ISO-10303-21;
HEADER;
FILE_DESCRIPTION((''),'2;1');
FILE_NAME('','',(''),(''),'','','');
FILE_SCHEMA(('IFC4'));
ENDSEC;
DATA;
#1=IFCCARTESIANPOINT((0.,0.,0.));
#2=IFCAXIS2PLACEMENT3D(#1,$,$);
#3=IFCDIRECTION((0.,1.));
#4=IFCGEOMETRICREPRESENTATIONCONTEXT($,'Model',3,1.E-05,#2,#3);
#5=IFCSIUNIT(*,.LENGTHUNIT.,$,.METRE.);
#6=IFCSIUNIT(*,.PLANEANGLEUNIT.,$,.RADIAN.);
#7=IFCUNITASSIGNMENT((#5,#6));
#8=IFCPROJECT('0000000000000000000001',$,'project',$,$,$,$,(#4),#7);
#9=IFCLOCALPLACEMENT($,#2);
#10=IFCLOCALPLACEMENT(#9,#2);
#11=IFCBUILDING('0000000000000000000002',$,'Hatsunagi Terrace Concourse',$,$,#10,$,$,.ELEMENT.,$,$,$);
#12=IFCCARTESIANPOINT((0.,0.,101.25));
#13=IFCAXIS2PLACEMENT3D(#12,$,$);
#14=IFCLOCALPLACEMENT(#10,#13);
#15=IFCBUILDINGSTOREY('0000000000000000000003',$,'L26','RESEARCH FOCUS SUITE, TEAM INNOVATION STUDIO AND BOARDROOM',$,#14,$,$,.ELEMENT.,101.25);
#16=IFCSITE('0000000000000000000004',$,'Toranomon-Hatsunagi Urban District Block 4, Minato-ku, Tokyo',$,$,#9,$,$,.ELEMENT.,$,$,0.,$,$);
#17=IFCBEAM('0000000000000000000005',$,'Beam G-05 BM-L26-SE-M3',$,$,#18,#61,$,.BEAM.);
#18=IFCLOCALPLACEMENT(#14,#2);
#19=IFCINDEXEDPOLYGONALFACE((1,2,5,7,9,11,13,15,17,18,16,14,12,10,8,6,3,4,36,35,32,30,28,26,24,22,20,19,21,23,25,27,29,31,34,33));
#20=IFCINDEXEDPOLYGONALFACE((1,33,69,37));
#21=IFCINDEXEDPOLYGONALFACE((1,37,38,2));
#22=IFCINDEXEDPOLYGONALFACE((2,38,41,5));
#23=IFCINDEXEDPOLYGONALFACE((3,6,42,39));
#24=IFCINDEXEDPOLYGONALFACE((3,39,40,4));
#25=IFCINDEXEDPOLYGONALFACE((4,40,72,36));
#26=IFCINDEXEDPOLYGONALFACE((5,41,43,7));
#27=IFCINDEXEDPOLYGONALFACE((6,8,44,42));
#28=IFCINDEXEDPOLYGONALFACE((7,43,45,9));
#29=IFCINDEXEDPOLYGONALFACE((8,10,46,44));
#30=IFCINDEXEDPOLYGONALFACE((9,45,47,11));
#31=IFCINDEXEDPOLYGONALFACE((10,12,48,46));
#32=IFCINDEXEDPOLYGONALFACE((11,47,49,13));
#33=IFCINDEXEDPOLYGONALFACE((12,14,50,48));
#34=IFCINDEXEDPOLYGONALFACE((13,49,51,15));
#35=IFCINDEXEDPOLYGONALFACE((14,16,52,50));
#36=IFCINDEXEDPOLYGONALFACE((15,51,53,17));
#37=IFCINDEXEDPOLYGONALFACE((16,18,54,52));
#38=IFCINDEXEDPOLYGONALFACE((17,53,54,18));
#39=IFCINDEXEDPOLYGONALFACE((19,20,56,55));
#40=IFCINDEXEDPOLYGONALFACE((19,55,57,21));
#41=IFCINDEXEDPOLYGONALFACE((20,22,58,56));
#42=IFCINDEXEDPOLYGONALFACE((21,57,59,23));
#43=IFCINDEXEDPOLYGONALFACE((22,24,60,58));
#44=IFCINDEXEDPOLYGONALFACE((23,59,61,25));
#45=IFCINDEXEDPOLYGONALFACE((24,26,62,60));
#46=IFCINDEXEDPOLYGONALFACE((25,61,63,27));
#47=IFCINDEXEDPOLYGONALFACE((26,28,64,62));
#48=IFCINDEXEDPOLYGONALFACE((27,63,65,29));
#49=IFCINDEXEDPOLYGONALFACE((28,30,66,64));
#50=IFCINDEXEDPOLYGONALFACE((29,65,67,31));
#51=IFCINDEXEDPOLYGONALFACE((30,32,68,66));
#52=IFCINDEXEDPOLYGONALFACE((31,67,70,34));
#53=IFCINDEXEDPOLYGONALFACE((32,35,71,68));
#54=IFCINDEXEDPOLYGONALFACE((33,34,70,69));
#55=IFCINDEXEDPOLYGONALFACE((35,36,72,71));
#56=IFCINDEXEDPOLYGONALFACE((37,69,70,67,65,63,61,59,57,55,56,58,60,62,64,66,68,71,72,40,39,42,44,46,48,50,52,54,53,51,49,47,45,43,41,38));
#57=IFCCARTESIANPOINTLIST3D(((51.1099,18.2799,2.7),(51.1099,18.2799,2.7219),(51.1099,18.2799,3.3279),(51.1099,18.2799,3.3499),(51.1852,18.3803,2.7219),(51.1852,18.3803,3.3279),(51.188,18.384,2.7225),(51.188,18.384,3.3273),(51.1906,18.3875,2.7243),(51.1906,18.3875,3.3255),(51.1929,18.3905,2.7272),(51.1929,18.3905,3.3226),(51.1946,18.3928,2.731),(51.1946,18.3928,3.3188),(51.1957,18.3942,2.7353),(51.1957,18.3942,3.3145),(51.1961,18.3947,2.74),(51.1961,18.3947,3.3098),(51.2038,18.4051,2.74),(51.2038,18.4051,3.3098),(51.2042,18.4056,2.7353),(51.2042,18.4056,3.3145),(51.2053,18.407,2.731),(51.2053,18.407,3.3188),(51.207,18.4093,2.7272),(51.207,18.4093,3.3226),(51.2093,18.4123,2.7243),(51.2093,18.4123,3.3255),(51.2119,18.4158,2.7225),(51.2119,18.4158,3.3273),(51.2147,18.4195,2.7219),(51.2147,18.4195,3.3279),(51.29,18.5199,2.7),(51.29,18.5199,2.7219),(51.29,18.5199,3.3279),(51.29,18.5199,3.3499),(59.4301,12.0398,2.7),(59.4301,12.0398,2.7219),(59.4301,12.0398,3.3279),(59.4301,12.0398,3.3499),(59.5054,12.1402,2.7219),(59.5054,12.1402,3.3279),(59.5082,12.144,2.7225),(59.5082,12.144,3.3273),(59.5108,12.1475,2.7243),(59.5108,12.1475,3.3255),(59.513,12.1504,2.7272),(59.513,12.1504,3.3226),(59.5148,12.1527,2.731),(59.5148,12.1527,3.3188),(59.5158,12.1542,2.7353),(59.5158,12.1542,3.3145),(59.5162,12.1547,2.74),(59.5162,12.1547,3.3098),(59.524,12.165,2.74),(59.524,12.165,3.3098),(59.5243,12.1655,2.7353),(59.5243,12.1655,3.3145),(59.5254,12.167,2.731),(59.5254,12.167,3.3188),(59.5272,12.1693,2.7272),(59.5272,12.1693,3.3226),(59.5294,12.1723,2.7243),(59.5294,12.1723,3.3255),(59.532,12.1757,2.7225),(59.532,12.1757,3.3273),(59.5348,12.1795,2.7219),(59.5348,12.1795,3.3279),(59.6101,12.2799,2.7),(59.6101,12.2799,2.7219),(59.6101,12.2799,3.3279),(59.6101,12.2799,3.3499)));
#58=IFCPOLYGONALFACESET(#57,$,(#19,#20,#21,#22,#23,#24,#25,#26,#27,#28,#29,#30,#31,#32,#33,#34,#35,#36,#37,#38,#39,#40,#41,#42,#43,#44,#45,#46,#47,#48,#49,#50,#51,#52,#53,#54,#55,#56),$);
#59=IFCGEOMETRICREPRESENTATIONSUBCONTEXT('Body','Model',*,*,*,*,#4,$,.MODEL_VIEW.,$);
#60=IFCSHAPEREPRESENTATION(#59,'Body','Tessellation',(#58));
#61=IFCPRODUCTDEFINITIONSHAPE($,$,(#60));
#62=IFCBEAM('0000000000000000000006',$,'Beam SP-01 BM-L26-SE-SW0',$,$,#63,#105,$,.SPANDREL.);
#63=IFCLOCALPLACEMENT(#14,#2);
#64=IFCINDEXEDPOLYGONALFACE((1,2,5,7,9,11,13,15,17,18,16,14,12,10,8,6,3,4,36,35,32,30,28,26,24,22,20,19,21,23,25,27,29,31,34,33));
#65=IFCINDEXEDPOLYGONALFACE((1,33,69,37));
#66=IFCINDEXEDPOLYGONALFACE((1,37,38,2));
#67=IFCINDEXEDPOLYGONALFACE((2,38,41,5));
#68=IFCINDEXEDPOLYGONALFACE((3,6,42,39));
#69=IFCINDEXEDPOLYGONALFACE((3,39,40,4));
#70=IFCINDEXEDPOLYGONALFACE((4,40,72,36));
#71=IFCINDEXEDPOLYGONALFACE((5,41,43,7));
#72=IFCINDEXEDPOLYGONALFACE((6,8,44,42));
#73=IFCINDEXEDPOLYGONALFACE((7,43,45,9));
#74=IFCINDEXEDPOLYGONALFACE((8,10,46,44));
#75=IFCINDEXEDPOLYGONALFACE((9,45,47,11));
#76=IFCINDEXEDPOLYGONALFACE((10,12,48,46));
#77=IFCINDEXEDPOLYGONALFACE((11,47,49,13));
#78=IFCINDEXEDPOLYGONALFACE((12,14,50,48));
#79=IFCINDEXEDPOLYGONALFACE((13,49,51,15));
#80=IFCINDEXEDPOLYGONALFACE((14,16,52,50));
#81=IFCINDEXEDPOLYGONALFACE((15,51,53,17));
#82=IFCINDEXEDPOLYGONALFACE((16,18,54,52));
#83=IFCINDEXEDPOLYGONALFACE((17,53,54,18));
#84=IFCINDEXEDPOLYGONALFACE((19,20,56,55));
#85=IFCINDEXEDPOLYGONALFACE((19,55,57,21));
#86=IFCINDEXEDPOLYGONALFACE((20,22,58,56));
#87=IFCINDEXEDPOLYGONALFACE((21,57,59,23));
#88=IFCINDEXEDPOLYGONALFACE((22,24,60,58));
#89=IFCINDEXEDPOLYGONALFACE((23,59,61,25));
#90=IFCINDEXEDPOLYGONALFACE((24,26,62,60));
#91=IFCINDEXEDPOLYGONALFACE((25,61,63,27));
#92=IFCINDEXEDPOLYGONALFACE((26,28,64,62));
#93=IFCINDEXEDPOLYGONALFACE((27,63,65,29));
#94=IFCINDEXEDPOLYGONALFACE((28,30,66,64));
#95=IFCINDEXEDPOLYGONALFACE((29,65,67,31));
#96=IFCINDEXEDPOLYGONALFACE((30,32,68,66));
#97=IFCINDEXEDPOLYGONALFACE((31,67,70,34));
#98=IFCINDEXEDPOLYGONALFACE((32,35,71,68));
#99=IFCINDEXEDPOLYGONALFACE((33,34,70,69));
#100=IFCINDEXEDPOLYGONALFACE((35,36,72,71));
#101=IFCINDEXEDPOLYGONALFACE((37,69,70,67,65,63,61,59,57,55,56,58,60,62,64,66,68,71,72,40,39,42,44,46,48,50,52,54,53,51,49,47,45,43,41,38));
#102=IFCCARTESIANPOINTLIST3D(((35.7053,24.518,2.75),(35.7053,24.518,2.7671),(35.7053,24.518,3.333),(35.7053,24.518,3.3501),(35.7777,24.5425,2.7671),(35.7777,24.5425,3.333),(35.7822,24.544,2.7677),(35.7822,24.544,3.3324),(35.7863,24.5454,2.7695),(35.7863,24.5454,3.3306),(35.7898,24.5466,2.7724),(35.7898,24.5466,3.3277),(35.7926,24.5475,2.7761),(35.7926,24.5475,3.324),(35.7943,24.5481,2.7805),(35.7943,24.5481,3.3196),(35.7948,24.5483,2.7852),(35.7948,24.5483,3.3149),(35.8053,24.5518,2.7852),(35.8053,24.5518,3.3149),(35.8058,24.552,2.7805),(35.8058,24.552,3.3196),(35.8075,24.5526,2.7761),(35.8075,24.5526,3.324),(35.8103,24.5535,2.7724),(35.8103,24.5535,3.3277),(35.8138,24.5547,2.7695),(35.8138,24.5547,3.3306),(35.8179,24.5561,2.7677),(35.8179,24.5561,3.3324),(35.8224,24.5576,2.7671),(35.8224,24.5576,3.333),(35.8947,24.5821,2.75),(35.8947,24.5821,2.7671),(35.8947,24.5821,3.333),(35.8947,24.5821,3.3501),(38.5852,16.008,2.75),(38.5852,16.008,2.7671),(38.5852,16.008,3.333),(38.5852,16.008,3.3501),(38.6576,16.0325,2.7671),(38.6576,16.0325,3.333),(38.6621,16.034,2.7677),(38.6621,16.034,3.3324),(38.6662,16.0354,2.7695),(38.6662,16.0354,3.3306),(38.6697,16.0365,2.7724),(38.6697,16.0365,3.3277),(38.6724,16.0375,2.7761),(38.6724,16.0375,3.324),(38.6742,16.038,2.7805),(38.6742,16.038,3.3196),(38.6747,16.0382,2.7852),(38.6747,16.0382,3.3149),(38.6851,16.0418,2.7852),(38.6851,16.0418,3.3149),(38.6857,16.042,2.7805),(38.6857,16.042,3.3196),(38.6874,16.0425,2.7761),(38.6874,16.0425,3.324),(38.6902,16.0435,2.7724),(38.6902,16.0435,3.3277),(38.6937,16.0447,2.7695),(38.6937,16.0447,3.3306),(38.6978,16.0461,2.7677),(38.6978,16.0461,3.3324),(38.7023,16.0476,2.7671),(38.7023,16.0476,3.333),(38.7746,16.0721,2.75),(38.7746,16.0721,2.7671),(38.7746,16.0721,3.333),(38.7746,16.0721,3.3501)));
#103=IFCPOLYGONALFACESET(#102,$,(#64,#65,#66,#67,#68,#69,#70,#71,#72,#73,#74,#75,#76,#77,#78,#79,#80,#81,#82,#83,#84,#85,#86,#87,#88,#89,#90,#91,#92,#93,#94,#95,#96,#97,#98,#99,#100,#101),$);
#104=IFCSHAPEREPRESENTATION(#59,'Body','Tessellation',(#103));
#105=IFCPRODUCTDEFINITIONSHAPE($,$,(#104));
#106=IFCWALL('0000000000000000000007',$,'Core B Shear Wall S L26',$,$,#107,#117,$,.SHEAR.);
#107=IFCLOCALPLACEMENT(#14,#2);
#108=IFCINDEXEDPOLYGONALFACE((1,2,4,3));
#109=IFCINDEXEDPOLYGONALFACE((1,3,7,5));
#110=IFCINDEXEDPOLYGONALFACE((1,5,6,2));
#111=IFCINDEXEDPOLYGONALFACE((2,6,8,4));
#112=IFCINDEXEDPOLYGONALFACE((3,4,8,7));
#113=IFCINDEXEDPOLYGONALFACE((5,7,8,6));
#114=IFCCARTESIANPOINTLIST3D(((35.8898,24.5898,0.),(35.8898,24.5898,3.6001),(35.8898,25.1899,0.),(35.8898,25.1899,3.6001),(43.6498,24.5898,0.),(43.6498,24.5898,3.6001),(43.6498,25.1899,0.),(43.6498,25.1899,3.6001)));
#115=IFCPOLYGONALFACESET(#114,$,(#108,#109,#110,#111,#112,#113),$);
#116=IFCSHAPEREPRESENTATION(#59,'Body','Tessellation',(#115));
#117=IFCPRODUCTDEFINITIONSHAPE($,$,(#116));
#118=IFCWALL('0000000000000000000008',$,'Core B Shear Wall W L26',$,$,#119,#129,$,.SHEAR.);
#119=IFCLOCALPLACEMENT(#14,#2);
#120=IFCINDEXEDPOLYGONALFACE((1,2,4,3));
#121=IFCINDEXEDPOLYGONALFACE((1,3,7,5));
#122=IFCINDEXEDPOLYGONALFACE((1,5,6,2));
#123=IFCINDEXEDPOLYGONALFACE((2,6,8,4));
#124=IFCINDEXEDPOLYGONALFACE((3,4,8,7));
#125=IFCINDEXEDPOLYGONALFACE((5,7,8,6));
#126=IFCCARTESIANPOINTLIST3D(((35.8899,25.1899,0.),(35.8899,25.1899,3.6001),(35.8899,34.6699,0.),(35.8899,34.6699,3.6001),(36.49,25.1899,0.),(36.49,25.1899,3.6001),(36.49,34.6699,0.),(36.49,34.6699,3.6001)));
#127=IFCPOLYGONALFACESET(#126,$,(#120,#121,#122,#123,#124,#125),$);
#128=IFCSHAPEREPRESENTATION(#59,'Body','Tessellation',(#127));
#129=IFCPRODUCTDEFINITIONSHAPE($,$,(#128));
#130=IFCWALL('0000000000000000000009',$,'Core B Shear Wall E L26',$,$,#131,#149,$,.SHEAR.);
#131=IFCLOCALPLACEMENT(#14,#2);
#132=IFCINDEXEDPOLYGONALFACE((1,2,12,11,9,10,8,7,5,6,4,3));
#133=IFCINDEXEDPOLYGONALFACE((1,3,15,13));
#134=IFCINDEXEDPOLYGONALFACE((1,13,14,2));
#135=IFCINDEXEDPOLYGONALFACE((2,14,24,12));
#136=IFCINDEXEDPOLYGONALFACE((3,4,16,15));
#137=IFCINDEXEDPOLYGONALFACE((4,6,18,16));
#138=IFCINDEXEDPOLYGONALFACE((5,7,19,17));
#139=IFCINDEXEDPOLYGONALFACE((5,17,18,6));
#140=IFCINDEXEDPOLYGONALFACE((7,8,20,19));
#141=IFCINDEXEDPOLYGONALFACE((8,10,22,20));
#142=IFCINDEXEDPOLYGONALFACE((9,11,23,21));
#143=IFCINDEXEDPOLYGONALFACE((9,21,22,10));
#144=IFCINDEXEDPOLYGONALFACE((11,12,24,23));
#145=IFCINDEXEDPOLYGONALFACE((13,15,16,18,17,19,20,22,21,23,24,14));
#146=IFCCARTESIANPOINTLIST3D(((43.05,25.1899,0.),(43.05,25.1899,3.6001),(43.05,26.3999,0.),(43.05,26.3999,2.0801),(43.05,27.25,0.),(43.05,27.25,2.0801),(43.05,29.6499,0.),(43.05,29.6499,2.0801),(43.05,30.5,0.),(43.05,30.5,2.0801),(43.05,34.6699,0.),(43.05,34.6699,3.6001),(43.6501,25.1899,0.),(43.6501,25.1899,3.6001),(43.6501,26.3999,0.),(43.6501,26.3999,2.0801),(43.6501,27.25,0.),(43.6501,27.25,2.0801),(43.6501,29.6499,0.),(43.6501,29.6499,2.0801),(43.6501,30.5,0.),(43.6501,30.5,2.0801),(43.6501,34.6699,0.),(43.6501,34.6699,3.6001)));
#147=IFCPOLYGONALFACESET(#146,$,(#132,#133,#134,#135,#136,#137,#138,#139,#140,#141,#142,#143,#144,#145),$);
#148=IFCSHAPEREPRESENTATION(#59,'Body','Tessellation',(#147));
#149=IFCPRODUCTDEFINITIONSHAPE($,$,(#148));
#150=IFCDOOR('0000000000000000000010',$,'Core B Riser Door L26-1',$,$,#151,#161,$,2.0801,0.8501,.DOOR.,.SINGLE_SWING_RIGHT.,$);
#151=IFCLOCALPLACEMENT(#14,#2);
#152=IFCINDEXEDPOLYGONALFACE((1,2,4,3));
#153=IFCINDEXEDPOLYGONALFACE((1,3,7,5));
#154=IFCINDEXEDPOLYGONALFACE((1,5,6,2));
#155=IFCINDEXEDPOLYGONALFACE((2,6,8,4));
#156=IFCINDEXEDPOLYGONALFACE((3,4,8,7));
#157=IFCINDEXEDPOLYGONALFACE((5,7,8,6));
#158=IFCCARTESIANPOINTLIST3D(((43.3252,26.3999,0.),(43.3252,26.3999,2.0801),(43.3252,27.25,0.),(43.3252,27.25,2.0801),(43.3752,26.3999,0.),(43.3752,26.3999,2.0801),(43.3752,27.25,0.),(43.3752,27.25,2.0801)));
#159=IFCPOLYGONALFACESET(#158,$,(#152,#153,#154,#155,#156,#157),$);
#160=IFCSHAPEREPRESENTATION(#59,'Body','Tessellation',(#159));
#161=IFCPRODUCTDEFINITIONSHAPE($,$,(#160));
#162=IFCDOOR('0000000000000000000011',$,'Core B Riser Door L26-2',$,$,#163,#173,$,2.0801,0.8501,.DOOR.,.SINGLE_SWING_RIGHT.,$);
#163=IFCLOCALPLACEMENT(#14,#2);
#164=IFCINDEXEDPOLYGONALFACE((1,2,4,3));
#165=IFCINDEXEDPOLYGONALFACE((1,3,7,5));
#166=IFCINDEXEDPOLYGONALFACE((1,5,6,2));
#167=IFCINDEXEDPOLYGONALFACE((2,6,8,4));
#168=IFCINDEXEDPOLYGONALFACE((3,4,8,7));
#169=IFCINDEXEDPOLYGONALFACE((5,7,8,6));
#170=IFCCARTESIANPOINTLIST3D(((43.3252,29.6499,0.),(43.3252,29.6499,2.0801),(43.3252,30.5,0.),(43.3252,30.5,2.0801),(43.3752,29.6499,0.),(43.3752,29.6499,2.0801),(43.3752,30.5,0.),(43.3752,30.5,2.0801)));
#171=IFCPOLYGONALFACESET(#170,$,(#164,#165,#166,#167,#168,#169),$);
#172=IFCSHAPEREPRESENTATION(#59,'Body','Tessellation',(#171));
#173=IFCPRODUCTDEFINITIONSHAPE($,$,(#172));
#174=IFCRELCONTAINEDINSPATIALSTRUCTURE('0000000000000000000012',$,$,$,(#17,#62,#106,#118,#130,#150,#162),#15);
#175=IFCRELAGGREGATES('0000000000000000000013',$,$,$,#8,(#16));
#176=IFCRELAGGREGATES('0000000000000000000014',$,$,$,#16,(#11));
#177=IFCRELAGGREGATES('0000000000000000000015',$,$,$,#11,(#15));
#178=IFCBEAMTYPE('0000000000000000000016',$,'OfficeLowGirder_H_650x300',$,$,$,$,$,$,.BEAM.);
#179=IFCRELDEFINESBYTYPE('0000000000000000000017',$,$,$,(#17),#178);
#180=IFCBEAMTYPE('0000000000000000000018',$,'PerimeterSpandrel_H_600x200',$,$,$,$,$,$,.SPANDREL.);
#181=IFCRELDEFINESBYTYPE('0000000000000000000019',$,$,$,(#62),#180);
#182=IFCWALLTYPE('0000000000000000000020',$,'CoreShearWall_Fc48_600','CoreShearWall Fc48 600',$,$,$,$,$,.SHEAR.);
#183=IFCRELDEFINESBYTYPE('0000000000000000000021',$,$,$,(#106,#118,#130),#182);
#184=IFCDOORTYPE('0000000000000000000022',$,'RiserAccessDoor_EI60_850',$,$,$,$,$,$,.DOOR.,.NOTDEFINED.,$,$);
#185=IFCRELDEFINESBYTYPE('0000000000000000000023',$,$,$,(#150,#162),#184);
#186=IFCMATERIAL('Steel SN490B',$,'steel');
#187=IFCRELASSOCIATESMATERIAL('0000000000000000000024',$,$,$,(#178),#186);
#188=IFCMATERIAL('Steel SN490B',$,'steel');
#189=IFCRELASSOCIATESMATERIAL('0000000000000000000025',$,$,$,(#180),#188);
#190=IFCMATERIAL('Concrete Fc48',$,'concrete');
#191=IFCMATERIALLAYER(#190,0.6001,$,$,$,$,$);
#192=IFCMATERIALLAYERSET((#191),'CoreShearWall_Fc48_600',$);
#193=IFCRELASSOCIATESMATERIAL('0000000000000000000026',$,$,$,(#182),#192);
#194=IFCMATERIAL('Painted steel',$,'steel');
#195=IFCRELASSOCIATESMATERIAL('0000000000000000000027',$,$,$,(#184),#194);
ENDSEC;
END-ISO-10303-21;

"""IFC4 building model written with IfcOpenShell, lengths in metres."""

from ifc_helpers import new_model, si_unit, direction, frame, frame_2d, origin, origin_2d, place, context, subcontext, project, spatial, rectangle, i_section, extrude, material, layer, layer_set, material_profile, profile_set, type_object, element, fill, save


model = new_model("IFC4")

# Units and contexts
model_context = context("Model", 3, precision=1e-05, world=origin(), true_north=direction((0.0, 1.0)))
body_context = subcontext(model_context, "Body", "Model", "MODEL_VIEW")
ifc_project = project(units=[si_unit("LENGTHUNIT", "METRE"), si_unit("PLANEANGLEUNIT", "RADIAN")], contexts=[model_context])

# Site, building, storey
site_placement = place(None, origin())
site = spatial("IfcSite", under=ifc_project, at=site_placement, Name="Toranomon-Hatsunagi Urban District Block 4, Minato-ku, Tokyo", CompositionType="ELEMENT", RefElevation=0.0)
building_placement = place(site_placement, origin())
building = spatial("IfcBuilding", under=site, at=building_placement, Name="Hatsunagi Terrace Concourse", CompositionType="ELEMENT")
storey_placement = place(building_placement, frame((0.0, 0.0, 101.25)))
storey = spatial("IfcBuildingStorey", under=building, at=storey_placement, Name="L26", Description="RESEARCH FOCUS SUITE, TEAM INNOVATION STUDIO AND BOARDROOM", CompositionType="ELEMENT", Elevation=101.25)

# Beams
ifc_material_1 = material(Name="Steel SN490B", Category="steel")
ifc_material_profile_1 = material_profile(ifc_material_1, i_section(OverallWidth=0.3, OverallDepth=0.6499, WebThickness=0.0129, FlangeThickness=0.022, FilletRadius=0.0181, at=origin_2d()), Name="H-650x300x13x22")
ifc_profile_set_1 = profile_set([ifc_material_profile_1], Name="Steel SN490B")
beam_type_1 = type_object("IfcBeamType", Name="OfficeLowGirder_H_650x300", PredefinedType="BEAM", material=ifc_profile_set_1)
beam_1_placement = place(storey_placement, frame((51.2, 18.3999, 3.0249), z_axis=(0.800003, -0.599996, 0.0), x_axis=(0.599996, 0.800003, 0.0)))
element("IfcBeam", 1, at=beam_1_placement, inside=storey, type_object=beam_type_1, Name="Beam G-05 BM-L26-SE-M3", PredefinedType="BEAM", context=body_context, shape_type="SweptSolid", body=[
    extrude(i_section(OverallWidth=0.3, OverallDepth=0.6499, WebThickness=0.0129, FlangeThickness=0.022, FilletRadius=0.0181, at=origin_2d()), origin(), (0.0, 0.0, 1.0), 10.4001),
])
ifc_material_2 = material(Name="Steel SN490B", Category="steel")
ifc_material_profile_2 = material_profile(ifc_material_2, i_section(OverallWidth=0.2, OverallDepth=0.6001, WebThickness=0.011, FlangeThickness=0.0171, FilletRadius=0.0181, at=origin_2d()), Name="H-600x200x11x17")
ifc_profile_set_2 = profile_set([ifc_material_profile_2], Name="Steel SN490B")
beam_type_2 = type_object("IfcBeamType", Name="PerimeterSpandrel_H_600x200", PredefinedType="SPANDREL", material=ifc_profile_set_2)
beam_2_placement = place(storey_placement, frame((35.8, 24.55, 3.05), z_axis=(0.320553, -0.94723, 0.0), x_axis=(0.94723, 0.320553, 0.0)))
element("IfcBeam", 2, at=beam_2_placement, inside=storey, type_object=beam_type_2, Name="Beam SP-01 BM-L26-SE-SW0", PredefinedType="SPANDREL", context=body_context, shape_type="SweptSolid", body=[
    extrude(i_section(OverallWidth=0.2, OverallDepth=0.6001, WebThickness=0.011, FlangeThickness=0.0171, FilletRadius=0.0181, at=origin_2d()), origin(), (0.0, 0.0, 1.0), 8.9841),
])

# Walls
ifc_material_3 = material(Name="Concrete Fc48", Category="concrete")
ifc_layer_1 = layer(ifc_material_3, 0.6001)
ifc_layer_set_1 = layer_set([ifc_layer_1], Name="CoreShearWall_Fc48_600")
wall_type_1 = type_object("IfcWallType", Name="CoreShearWall_Fc48_600", Description="CoreShearWall Fc48 600", PredefinedType="SHEAR", material=ifc_layer_set_1)
wall_1_placement = place(storey_placement, frame((35.8899, 24.8899, 0.0), z_axis=(0.0, 0.0, 1.0), x_axis=(1.0, 0.0, 0.0)))
element("IfcWall", 3, at=wall_1_placement, inside=storey, type_object=wall_type_1, Name="Core B Shear Wall S L26", PredefinedType="SHEAR", context=body_context, shape_type="SweptSolid", body=[
    extrude(rectangle(XDim=7.76, YDim=0.6001, at=frame_2d((3.8799, 0.0))), origin(), (0.0, 0.0, 1.0), 3.6001),
])
wall_2_placement = place(storey_placement, frame((36.1899, 25.1899, 0.0), z_axis=(0.0, 0.0, 1.0), x_axis=(0.0, 1.0, 0.0)))
element("IfcWall", 4, at=wall_2_placement, inside=storey, type_object=wall_type_1, Name="Core B Shear Wall W L26", PredefinedType="SHEAR", context=body_context, shape_type="SweptSolid", body=[
    extrude(rectangle(XDim=9.48, YDim=0.6001, at=frame_2d((4.74, 0.0))), origin(), (0.0, 0.0, 1.0), 3.6001),
])

# Wall, openings, doors
wall_3_placement = place(storey_placement, frame((43.3501, 25.1899, 0.0), z_axis=(0.0, 0.0, 1.0), x_axis=(0.0, 1.0, 0.0)))
wall_3 = element("IfcWall", 5, at=wall_3_placement, inside=storey, type_object=wall_type_1, Name="Core B Shear Wall E L26", PredefinedType="SHEAR", context=body_context, shape_type="SweptSolid", body=[
    extrude(rectangle(XDim=9.48, YDim=0.6001, at=frame_2d((4.74, 0.0))), origin(), (0.0, 0.0, 1.0), 3.6001),
])
opening_1_placement = place(wall_3_placement, frame((1.21, 0.0, 0.0)))
opening_1 = element("IfcOpeningElement", 6, at=opening_1_placement, cuts=wall_3, PredefinedType="OPENING", context=body_context, shape_type="SweptSolid", body=[
    extrude(rectangle(XDim=0.8501, YDim=2.0801, at=frame_2d((0.425, 1.04))), frame((0.0, 0.3101, 0.0), z_axis=(0.0, -1.0, 0.0), x_axis=(1.0, 0.0, 0.0)), (0.0, 0.0, 1.0), 0.6201),
])
opening_2_placement = place(wall_3_placement, frame((4.46, 0.0, 0.0)))
opening_2 = element("IfcOpeningElement", 7, at=opening_2_placement, cuts=wall_3, PredefinedType="OPENING", context=body_context, shape_type="SweptSolid", body=[
    extrude(rectangle(XDim=0.8501, YDim=2.0801, at=frame_2d((0.425, 1.04))), frame((0.0, 0.3101, 0.0), z_axis=(0.0, -1.0, 0.0), x_axis=(1.0, 0.0, 0.0)), (0.0, 0.0, 1.0), 0.6201),
])
ifc_material_4 = material(Name="Painted steel", Category="steel")
door_type_1 = type_object("IfcDoorType", Name="RiserAccessDoor_EI60_850", OperationType="NOTDEFINED", PredefinedType="DOOR", material=ifc_material_4)
door_1_placement = place(opening_1_placement, origin())
door_1 = element("IfcDoor", 8, at=door_1_placement, inside=storey, type_object=door_type_1, Name="Core B Riser Door L26-1", OperationType="SINGLE_SWING_RIGHT", OverallHeight=2.0801, OverallWidth=0.8501, PredefinedType="DOOR", context=body_context, shape_type="SweptSolid", body=[
    extrude(rectangle(XDim=0.8501, YDim=2.0801, at=frame_2d((0.425, 1.04))), frame((0.0, 0.0249, 0.0), z_axis=(0.0, -1.0, 0.0), x_axis=(1.0, 0.0, 0.0)), (0.0, 0.0, 1.0), 0.05),
])
fill(opening_1, door_1)
door_2_placement = place(opening_2_placement, origin())
door_2 = element("IfcDoor", 9, at=door_2_placement, inside=storey, type_object=door_type_1, Name="Core B Riser Door L26-2", OperationType="SINGLE_SWING_RIGHT", OverallHeight=2.0801, OverallWidth=0.8501, PredefinedType="DOOR", context=body_context, shape_type="SweptSolid", body=[
    extrude(rectangle(XDim=0.8501, YDim=2.0801, at=frame_2d((0.425, 1.04))), frame((0.0, 0.0249, 0.0), z_axis=(0.0, -1.0, 0.0), x_axis=(1.0, 0.0, 0.0)), (0.0, 0.0, 1.0), 0.05),
])
fill(opening_2, door_2)

save(model, "model.ifc")
